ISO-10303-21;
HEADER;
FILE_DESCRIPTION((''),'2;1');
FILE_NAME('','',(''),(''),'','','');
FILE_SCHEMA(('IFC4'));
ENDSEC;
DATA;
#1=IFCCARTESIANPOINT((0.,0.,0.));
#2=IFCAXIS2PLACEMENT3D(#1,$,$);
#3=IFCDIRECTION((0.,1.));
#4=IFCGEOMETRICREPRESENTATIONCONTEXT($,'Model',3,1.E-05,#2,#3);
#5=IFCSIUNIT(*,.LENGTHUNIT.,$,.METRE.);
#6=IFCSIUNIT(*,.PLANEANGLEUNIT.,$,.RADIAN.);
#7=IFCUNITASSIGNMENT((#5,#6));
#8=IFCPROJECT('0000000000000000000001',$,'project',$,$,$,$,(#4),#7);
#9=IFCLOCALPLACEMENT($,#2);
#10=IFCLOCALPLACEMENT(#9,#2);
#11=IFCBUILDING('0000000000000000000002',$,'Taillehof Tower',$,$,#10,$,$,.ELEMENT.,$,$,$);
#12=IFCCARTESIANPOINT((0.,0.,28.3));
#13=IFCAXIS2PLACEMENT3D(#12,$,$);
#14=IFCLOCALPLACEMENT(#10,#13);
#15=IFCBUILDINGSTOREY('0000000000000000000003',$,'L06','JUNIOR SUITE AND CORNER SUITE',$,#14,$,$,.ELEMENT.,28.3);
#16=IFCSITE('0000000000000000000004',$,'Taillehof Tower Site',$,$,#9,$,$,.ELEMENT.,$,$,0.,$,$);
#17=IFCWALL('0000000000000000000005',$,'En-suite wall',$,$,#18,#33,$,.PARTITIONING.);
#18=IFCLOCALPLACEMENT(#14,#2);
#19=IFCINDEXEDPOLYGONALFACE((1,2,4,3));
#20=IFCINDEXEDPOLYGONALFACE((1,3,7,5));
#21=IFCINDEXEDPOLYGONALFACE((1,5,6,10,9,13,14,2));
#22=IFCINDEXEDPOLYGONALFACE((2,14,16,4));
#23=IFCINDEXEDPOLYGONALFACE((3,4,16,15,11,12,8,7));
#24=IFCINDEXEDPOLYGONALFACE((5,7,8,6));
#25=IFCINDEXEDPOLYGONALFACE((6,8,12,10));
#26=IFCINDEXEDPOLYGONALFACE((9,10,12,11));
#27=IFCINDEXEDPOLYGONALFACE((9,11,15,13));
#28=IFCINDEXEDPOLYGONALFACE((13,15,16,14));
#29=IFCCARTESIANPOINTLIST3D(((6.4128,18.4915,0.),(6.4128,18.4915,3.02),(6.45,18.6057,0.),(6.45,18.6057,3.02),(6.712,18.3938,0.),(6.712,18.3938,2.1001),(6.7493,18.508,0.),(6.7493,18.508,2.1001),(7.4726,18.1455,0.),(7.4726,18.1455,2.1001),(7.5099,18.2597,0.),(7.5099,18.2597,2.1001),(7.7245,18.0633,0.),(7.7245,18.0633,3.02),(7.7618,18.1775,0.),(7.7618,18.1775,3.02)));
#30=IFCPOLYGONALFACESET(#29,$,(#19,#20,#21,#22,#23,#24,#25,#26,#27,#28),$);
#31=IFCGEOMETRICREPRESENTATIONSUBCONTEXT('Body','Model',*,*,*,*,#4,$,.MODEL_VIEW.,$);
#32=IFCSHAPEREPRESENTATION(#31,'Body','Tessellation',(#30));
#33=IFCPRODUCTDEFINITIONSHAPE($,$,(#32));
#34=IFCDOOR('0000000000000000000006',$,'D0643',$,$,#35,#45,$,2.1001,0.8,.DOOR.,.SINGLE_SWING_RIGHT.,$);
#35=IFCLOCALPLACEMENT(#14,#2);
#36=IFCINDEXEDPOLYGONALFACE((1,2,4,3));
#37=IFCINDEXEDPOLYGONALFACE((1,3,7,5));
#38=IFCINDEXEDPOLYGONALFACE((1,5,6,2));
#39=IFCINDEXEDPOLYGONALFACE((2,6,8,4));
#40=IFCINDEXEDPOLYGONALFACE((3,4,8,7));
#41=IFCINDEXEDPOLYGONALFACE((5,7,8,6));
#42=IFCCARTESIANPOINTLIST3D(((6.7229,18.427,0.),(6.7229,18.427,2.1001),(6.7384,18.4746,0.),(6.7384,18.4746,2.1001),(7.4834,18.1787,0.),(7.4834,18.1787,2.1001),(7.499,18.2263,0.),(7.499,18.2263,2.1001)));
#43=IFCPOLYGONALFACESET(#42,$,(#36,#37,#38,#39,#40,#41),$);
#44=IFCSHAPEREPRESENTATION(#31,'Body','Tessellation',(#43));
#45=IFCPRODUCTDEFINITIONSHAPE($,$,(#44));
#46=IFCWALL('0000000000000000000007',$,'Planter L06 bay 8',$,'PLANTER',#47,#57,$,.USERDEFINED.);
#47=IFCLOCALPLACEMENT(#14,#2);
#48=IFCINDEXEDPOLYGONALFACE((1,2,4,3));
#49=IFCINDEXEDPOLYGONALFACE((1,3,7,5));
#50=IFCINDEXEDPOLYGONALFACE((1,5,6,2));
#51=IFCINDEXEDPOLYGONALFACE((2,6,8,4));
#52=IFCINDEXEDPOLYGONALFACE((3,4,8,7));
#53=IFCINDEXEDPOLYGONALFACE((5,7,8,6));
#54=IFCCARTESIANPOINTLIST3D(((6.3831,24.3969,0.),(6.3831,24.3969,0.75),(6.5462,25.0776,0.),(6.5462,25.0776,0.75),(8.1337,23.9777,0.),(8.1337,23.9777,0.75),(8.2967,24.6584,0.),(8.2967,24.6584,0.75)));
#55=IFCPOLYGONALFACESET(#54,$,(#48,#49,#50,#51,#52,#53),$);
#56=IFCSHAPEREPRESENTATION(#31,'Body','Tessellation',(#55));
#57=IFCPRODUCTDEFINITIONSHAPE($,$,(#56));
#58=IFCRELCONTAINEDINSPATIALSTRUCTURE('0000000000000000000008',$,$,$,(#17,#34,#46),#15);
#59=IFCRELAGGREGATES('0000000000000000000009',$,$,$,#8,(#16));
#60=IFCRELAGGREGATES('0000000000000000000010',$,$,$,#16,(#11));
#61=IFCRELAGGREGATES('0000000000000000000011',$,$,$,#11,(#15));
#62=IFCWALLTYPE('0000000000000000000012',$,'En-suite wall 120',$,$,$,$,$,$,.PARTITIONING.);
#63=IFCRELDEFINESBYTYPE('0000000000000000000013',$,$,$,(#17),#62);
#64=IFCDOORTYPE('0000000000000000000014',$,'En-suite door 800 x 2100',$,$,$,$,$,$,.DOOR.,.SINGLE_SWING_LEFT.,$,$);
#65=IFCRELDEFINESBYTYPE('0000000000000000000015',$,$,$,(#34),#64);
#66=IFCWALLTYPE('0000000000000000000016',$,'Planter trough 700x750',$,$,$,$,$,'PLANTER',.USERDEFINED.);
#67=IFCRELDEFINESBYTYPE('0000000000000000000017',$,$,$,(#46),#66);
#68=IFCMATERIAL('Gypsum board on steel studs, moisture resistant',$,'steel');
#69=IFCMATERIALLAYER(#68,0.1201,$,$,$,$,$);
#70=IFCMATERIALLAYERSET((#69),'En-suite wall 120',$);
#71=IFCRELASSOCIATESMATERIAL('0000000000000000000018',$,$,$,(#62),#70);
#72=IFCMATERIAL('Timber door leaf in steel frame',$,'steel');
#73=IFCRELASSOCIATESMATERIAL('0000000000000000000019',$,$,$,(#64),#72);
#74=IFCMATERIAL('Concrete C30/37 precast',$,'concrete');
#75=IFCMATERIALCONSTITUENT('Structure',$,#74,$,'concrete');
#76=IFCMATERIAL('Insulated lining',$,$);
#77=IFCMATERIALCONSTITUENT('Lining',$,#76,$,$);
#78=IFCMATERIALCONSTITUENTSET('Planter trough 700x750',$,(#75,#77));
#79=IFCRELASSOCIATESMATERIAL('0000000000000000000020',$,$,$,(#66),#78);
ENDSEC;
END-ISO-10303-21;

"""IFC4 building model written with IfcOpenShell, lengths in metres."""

from ifc_helpers import new_model, si_unit, direction, frame, frame_2d, origin, place, context, subcontext, project, spatial, rectangle, extrude, material, layer, layer_set, constituent, constituent_set, type_object, element, fill, save


model = new_model("IFC4")

# Units and contexts
model_context = context("Model", 3, precision=1e-05, world=origin(), true_north=direction((0.0, 1.0)))
body_context = subcontext(model_context, "Body", "Model", "MODEL_VIEW")
ifc_project = project(units=[si_unit("LENGTHUNIT", "METRE"), si_unit("PLANEANGLEUNIT", "RADIAN")], contexts=[model_context])

# Site, building, storey
site_placement = place(None, origin())
site = spatial("IfcSite", under=ifc_project, at=site_placement, Name="Taillehof Tower Site", CompositionType="ELEMENT", RefElevation=0.0)
building_placement = place(site_placement, origin())
building = spatial("IfcBuilding", under=site, at=building_placement, Name="Taillehof Tower", CompositionType="ELEMENT")
storey_placement = place(building_placement, frame((0.0, 0.0, 28.3)))
storey = spatial("IfcBuildingStorey", under=building, at=storey_placement, Name="L06", Description="JUNIOR SUITE AND CORNER SUITE", CompositionType="ELEMENT", Elevation=28.3)

# Shared definitions
ifc_material_1 = material(Name="Gypsum board on steel studs, moisture resistant", Category="steel")
ifc_layer_1 = layer(ifc_material_1, 0.1201)
ifc_layer_set_1 = layer_set([ifc_layer_1], Name="En-suite wall 120")
wall_type_1 = type_object("IfcWallType", Name="En-suite wall 120", PredefinedType="PARTITIONING", material=ifc_layer_set_1)

# Wall, opening, door
wall_1_placement = place(storey_placement, frame((6.4314, 18.5486, 0.0), z_axis=(0.0, 0.0, 1.0), x_axis=(0.950629, -0.31033, 0.0)))
wall_1 = element("IfcWall", 1, at=wall_1_placement, inside=storey, type_object=wall_type_1, Name="En-suite wall", PredefinedType="PARTITIONING", context=body_context, shape_type="SweptSolid", body=[
    extrude(rectangle(XDim=1.3799, YDim=0.1201, at=frame_2d((0.6899, 0.0))), origin(), (0.0, 0.0, 1.0), 3.02),
])
opening_1_placement = place(wall_1_placement, frame((0.3149, 0.0, 0.0)))
opening_1 = element("IfcOpeningElement", 2, at=opening_1_placement, cuts=wall_1, PredefinedType="OPENING", context=body_context, shape_type="SweptSolid", body=[
    extrude(rectangle(XDim=0.8, YDim=2.1001, at=frame_2d((0.3999, 1.05))), frame((0.0, 0.0701, 0.0), z_axis=(0.0, -1.0, 0.0), x_axis=(1.0, 0.0, 0.0)), (0.0, 0.0, 1.0), 0.1401),
])
ifc_material_2 = material(Name="Timber door leaf in steel frame", Category="steel")
door_type_1 = type_object("IfcDoorType", Name="En-suite door 800 x 2100", OperationType="SINGLE_SWING_LEFT", PredefinedType="DOOR", material=ifc_material_2)
door_1_placement = place(opening_1_placement, origin())
door_1 = element("IfcDoor", 3, at=door_1_placement, inside=storey, type_object=door_type_1, Name="D0643", OperationType="SINGLE_SWING_RIGHT", OverallHeight=2.1001, OverallWidth=0.8, PredefinedType="DOOR", context=body_context, shape_type="SweptSolid", body=[
    extrude(rectangle(XDim=0.8, YDim=2.1001, at=frame_2d((0.3999, 1.05))), frame((0.0, 0.0249, 0.0), z_axis=(0.0, -1.0, 0.0), x_axis=(1.0, 0.0, 0.0)), (0.0, 0.0, 1.0), 0.05),
])
fill(opening_1, door_1)

# Wall
ifc_material_3 = material(Name="Concrete C30/37 precast", Category="concrete")
ifc_constituent_1 = constituent(ifc_material_3, Name="Structure", Category="concrete")
ifc_material_4 = material(Name="Insulated lining")
ifc_constituent_2 = constituent(ifc_material_4, Name="Lining")
ifc_constituent_set = constituent_set(constituents=[ifc_constituent_1, ifc_constituent_2], Name="Planter trough 700x750")
wall_type_2 = type_object("IfcWallType", Name="Planter trough 700x750", ElementType="PLANTER", PredefinedType="USERDEFINED", material=ifc_constituent_set)
wall_2_placement = place(storey_placement, frame((8.2151, 24.3181, 0.0), z_axis=(0.0, 0.0, 1.0), x_axis=(-0.972504, 0.232886, 0.0)))
element("IfcWall", 4, at=wall_2_placement, inside=storey, type_object=wall_type_2, Name="Planter L06 bay 8", ObjectType="PLANTER", PredefinedType="USERDEFINED", context=body_context, shape_type="SweptSolid", body=[
    extrude(rectangle(XDim=1.8, YDim=0.7, at=frame_2d((0.8999, 0.0))), origin(), (0.0, 0.0, 1.0), 0.75),
])

save(model, "model.ifc")
